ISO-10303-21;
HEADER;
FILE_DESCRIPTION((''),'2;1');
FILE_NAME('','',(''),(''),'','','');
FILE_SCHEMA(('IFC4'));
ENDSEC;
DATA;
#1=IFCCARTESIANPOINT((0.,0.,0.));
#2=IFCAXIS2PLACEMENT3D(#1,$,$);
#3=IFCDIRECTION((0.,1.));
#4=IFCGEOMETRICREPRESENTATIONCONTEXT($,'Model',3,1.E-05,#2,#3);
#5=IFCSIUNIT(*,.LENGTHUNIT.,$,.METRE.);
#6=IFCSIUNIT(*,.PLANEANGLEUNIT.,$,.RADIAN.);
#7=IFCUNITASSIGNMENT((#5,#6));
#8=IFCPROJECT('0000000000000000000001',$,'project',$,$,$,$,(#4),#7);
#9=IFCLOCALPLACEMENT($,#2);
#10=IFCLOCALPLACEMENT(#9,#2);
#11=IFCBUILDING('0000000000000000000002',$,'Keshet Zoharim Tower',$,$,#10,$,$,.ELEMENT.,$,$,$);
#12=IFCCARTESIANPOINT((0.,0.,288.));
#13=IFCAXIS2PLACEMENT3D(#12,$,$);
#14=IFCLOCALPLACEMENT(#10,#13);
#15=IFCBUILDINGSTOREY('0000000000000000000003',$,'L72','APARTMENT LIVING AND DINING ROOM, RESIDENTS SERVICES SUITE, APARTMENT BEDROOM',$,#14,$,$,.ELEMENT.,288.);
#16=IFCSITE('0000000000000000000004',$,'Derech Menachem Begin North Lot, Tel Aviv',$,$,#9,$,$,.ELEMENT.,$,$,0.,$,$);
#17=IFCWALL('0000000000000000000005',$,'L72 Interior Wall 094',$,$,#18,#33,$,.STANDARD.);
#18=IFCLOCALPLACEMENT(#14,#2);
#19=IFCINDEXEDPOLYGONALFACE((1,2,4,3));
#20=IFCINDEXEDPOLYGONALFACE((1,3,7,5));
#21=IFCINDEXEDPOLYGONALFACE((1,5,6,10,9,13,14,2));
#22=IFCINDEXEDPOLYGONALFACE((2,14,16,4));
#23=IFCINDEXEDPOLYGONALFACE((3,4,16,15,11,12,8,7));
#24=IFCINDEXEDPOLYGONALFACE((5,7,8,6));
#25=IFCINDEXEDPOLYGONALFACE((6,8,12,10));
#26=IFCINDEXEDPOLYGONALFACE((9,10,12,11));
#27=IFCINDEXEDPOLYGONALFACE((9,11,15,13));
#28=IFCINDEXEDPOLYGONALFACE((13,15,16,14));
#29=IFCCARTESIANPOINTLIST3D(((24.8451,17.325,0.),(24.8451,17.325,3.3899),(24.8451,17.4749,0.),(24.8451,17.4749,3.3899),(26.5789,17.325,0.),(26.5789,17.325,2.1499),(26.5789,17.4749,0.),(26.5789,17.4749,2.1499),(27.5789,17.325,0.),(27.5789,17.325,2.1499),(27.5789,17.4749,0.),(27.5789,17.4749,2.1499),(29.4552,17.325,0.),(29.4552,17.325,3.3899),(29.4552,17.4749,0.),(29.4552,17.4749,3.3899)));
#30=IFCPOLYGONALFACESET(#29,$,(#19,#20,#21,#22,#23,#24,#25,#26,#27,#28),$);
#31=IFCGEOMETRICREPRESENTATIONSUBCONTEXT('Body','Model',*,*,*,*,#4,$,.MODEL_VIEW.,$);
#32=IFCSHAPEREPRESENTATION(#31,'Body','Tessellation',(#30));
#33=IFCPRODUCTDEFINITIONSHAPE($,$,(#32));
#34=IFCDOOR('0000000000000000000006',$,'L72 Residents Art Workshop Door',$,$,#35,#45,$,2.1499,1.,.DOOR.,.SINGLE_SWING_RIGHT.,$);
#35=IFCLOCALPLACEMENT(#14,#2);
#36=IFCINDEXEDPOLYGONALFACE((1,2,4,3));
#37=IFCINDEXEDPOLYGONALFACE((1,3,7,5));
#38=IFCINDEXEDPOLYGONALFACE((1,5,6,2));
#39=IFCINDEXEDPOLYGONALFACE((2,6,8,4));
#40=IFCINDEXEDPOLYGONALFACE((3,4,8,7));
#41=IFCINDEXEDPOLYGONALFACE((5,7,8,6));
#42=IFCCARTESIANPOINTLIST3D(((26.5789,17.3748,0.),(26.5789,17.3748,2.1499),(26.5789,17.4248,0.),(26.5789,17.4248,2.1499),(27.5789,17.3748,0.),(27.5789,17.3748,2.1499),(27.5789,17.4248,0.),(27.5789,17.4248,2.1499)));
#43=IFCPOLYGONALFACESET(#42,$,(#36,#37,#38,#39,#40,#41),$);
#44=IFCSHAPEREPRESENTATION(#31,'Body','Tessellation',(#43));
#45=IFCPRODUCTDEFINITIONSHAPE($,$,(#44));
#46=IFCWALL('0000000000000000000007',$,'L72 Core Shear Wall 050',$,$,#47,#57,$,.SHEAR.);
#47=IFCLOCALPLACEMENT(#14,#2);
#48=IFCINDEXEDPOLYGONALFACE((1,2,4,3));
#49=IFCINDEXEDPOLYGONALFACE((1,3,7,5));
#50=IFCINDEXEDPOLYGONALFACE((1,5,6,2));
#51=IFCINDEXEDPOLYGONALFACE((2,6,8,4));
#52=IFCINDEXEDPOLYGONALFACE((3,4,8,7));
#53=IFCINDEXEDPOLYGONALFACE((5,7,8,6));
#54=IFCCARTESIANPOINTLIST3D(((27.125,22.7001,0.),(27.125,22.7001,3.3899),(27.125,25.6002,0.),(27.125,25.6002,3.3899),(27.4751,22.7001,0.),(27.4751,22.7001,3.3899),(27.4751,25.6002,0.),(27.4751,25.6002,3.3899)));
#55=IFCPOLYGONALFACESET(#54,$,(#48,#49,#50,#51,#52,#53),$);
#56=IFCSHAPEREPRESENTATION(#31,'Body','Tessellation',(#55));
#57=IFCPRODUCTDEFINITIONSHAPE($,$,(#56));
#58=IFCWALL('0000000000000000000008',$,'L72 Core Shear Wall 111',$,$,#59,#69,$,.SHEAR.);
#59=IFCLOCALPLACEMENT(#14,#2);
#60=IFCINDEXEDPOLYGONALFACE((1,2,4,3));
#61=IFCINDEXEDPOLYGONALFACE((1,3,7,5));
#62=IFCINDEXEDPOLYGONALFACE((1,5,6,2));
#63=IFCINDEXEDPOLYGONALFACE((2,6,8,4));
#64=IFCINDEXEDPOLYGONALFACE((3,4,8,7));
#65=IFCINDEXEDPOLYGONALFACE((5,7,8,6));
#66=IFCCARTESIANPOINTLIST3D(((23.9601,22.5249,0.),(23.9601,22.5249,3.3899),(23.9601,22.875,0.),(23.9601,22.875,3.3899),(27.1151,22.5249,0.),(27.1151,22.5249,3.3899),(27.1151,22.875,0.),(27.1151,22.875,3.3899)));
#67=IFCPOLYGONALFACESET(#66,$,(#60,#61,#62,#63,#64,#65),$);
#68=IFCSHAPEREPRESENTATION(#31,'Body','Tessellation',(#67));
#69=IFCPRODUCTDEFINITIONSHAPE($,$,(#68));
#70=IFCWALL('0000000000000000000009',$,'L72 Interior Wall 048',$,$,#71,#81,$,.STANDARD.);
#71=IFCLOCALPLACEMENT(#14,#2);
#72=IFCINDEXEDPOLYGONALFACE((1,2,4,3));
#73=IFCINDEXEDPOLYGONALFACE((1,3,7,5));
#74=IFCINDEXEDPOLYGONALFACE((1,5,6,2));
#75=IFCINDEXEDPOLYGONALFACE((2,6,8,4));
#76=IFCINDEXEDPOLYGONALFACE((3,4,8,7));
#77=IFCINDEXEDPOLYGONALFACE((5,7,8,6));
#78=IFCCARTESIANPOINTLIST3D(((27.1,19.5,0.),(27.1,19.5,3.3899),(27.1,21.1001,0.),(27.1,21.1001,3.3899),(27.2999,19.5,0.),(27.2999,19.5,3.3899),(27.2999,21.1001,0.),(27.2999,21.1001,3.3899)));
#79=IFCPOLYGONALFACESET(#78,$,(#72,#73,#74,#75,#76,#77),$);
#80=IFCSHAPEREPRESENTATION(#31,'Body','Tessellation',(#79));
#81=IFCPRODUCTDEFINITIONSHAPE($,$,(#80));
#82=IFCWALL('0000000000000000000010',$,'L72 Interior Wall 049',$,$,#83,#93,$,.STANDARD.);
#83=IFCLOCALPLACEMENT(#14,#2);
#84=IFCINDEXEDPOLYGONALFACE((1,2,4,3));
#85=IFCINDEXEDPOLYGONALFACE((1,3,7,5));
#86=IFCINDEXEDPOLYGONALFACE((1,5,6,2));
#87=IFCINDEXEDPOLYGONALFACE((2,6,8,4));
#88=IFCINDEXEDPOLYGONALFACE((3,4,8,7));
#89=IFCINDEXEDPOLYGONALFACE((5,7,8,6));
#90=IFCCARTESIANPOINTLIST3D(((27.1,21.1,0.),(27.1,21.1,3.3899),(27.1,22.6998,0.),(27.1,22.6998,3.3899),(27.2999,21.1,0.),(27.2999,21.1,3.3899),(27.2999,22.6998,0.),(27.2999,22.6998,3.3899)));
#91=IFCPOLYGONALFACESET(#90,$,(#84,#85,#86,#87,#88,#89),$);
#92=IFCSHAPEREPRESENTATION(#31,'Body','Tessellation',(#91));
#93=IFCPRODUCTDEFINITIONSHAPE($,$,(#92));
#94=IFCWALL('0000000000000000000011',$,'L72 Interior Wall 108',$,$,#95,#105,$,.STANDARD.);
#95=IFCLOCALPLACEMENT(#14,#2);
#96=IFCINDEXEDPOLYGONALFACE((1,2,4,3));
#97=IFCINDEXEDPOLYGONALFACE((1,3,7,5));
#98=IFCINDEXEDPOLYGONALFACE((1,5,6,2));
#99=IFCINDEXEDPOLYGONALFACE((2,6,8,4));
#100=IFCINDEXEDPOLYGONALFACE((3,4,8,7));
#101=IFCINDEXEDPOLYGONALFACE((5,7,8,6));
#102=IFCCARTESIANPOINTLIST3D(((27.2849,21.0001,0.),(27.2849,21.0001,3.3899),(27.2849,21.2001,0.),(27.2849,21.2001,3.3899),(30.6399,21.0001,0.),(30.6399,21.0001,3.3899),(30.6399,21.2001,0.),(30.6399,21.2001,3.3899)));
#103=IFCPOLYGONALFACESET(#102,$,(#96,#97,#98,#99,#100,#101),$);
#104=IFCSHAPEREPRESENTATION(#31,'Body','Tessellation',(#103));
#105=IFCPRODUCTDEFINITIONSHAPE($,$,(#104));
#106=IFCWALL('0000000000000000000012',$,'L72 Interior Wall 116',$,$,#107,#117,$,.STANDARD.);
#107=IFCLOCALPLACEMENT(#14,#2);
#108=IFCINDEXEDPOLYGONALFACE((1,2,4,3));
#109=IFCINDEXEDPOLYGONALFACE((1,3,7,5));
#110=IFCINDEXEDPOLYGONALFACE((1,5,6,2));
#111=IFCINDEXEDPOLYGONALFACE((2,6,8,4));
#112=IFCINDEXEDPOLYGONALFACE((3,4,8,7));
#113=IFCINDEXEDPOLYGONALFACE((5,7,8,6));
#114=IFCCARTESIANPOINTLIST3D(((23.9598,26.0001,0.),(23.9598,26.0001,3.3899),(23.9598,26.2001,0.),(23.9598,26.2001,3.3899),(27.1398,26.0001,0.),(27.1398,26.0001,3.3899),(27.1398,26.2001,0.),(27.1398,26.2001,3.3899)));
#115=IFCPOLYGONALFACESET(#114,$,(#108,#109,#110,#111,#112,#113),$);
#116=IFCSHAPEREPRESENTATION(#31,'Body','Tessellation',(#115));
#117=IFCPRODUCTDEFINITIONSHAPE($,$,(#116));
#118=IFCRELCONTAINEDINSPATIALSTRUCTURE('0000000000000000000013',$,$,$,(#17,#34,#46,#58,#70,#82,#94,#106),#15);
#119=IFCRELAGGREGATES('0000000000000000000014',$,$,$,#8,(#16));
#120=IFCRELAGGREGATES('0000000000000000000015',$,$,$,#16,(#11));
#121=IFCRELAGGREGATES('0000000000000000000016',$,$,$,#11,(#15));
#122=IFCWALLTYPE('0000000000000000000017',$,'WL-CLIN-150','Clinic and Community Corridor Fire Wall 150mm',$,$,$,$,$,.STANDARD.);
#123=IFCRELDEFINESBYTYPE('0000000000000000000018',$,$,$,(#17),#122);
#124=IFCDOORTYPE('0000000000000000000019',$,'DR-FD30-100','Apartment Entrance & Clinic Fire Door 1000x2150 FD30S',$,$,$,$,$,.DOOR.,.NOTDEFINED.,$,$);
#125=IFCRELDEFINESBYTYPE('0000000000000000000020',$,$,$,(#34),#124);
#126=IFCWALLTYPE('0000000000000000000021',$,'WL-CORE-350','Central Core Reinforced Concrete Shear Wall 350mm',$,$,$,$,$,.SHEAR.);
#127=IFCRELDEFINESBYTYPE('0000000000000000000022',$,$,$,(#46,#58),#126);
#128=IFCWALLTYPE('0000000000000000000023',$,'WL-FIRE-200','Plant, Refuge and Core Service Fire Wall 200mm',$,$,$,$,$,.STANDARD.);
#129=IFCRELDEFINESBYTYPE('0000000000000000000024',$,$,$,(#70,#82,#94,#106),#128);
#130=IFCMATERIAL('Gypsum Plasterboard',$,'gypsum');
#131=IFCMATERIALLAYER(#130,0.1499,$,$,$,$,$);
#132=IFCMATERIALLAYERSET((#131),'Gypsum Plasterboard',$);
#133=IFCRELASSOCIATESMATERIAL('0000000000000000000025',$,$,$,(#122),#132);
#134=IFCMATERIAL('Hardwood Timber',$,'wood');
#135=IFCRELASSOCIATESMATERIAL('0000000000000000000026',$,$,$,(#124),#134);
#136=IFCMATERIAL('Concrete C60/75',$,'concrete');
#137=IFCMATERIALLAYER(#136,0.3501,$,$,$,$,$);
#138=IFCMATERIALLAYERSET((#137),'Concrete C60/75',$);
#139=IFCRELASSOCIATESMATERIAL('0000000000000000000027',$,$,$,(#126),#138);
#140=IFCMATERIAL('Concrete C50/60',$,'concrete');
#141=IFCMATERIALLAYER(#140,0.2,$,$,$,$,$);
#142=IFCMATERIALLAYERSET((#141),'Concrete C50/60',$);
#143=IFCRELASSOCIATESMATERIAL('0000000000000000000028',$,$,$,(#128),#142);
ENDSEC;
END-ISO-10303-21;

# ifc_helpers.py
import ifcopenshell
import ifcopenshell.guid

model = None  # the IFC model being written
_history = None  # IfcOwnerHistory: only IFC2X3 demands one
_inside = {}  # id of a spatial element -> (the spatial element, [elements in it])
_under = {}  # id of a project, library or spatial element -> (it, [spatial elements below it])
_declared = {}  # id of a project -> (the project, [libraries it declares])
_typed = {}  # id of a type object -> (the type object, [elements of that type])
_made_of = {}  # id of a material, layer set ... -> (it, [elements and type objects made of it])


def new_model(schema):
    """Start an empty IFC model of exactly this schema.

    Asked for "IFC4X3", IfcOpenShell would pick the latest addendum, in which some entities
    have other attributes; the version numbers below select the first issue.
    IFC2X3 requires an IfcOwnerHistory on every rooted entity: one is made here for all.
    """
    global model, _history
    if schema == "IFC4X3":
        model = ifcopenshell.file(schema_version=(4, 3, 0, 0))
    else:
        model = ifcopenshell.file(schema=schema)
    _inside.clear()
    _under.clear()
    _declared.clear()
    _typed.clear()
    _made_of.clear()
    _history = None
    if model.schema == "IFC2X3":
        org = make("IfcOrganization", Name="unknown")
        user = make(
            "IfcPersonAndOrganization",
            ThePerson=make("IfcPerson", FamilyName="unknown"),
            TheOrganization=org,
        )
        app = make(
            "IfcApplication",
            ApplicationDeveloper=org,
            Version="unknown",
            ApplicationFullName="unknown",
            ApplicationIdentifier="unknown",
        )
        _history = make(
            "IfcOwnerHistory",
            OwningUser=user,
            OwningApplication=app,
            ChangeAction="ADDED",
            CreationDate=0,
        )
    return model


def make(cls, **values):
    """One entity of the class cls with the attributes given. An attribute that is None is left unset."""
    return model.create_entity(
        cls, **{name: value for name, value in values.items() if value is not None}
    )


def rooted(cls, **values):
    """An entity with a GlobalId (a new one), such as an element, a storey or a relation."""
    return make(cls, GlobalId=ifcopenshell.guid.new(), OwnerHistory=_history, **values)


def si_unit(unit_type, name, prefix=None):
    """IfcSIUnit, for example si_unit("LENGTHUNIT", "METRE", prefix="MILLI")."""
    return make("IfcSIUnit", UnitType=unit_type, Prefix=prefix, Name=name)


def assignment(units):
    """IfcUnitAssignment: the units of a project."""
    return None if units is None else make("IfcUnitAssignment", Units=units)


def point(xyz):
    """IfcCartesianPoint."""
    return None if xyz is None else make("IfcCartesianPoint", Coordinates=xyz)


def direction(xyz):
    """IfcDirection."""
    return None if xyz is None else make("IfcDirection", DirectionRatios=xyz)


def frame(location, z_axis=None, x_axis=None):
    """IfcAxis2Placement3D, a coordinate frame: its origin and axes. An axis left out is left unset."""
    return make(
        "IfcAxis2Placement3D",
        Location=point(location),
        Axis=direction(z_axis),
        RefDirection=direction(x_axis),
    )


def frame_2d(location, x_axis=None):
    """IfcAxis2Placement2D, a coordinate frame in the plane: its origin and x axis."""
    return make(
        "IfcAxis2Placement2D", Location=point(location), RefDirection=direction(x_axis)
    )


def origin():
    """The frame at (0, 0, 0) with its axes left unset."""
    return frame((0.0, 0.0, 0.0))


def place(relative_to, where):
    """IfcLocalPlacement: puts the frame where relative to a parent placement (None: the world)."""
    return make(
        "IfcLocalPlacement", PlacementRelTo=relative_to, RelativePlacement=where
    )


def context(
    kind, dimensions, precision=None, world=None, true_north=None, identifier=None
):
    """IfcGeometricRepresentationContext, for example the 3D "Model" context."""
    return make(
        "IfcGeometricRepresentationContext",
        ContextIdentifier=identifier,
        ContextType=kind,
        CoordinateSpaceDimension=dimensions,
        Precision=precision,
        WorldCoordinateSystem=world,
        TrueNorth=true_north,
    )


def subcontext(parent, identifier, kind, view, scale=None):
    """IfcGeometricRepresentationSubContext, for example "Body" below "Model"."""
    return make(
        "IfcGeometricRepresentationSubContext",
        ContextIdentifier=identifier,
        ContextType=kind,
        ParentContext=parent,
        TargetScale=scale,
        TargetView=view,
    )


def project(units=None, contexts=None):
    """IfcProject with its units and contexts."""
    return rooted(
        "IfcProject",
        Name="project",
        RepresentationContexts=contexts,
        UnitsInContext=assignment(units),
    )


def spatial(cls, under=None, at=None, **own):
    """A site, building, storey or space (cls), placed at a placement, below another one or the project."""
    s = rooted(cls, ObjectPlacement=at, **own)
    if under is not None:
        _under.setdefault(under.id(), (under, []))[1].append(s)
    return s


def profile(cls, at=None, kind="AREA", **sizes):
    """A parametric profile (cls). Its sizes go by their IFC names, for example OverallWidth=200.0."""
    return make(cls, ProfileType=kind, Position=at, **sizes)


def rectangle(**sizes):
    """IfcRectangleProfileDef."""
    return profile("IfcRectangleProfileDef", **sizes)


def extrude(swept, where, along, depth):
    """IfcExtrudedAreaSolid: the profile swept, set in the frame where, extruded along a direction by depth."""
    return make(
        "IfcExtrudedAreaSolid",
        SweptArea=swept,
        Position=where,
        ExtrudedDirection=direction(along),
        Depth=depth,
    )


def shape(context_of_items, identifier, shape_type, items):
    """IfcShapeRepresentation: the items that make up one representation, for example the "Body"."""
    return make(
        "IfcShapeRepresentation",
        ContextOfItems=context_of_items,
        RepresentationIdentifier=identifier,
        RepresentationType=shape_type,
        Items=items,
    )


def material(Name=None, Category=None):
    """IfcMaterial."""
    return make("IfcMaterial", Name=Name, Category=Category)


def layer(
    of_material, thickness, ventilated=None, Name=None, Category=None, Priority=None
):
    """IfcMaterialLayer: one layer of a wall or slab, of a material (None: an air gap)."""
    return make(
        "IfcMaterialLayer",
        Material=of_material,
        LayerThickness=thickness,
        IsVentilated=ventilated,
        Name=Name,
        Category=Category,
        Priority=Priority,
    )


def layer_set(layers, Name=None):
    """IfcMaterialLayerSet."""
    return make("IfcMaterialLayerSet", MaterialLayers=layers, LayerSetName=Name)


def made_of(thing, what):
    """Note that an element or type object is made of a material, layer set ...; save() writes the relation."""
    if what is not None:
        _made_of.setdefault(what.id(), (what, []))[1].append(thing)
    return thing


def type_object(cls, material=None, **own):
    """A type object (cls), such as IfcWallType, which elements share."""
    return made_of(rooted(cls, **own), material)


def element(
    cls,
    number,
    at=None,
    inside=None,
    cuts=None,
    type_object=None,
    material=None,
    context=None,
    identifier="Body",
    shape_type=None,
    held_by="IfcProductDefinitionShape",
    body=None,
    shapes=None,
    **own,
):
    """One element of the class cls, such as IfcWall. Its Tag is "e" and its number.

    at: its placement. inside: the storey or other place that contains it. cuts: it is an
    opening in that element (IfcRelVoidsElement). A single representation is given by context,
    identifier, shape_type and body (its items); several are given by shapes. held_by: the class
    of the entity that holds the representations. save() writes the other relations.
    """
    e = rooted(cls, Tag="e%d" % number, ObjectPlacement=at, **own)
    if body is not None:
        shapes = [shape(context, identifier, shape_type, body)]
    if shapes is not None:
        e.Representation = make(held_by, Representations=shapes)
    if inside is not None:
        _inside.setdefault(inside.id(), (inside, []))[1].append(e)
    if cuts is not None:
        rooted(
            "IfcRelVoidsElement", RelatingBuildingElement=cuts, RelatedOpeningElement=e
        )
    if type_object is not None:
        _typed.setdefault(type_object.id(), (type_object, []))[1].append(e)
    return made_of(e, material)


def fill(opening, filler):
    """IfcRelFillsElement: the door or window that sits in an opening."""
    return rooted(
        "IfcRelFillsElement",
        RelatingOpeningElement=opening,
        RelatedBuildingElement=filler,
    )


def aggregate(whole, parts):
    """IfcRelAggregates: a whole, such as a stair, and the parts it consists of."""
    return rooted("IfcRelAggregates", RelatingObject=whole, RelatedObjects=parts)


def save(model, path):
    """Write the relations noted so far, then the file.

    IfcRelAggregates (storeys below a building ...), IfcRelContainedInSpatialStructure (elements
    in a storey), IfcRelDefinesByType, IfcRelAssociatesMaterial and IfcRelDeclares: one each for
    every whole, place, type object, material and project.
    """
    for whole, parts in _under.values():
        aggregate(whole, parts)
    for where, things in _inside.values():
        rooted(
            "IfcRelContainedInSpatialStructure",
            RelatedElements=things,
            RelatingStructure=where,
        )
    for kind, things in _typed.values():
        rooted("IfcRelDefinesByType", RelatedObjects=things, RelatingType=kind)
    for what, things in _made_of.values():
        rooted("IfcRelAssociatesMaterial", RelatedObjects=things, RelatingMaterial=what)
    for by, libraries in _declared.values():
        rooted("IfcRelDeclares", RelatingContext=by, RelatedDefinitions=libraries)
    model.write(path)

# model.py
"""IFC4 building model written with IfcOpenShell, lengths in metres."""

from ifc_helpers import new_model, si_unit, direction, frame, frame_2d, origin, place, context, subcontext, project, spatial, rectangle, extrude, material, layer, layer_set, type_object, element, fill, save


model = new_model("IFC4")

# Units and contexts
model_context = context("Model", 3, precision=1e-05, world=origin(), true_north=direction((0.0, 1.0)))
body_context = subcontext(model_context, "Body", "Model", "MODEL_VIEW")
ifc_project = project(units=[si_unit("LENGTHUNIT", "METRE"), si_unit("PLANEANGLEUNIT", "RADIAN")], contexts=[model_context])

# Site, building, storey
site_placement = place(None, origin())
site = spatial("IfcSite", under=ifc_project, at=site_placement, Name="Derech Menachem Begin North Lot, Tel Aviv", CompositionType="ELEMENT", RefElevation=0.0)
building_placement = place(site_placement, origin())
building = spatial("IfcBuilding", under=site, at=building_placement, Name="Keshet Zoharim Tower", CompositionType="ELEMENT")
storey_placement = place(building_placement, frame((0.0, 0.0, 288.0)))
storey = spatial("IfcBuildingStorey", under=building, at=storey_placement, Name="L72", Description="APARTMENT LIVING AND DINING ROOM, RESIDENTS SERVICES SUITE, APARTMENT BEDROOM", CompositionType="ELEMENT", Elevation=288.0)

# Wall, opening, door
ifc_material_1 = material(Name="Gypsum Plasterboard", Category="gypsum")
ifc_layer_1 = layer(ifc_material_1, 0.1499)
ifc_layer_set_1 = layer_set([ifc_layer_1], Name="Gypsum Plasterboard")
wall_type_1 = type_object("IfcWallType", Name="WL-CLIN-150", Description="Clinic and Community Corridor Fire Wall 150mm", PredefinedType="STANDARD", material=ifc_layer_set_1)
wall_1_placement = place(storey_placement, frame((24.845, 17.3999, 0.0), z_axis=(0.0, 0.0, 1.0), x_axis=(1.0, 0.0, 0.0)))
wall_1 = element("IfcWall", 1, at=wall_1_placement, inside=storey, type_object=wall_type_1, Name="L72 Interior Wall 094", PredefinedType="STANDARD", context=body_context, shape_type="SweptSolid", body=[
    extrude(rectangle(XDim=4.6101, YDim=0.1499, at=frame_2d((2.3052, 0.0))), origin(), (0.0, 0.0, 1.0), 3.3899),
])
opening_1_placement = place(wall_1_placement, frame((1.7339, 0.0, 0.0)))
opening_1 = element("IfcOpeningElement", 2, at=opening_1_placement, cuts=wall_1, PredefinedType="OPENING", context=body_context, shape_type="SweptSolid", body=[
    extrude(rectangle(XDim=1.0, YDim=2.1499, at=frame_2d((0.5, 1.075))), frame((0.0, 0.085, 0.0), z_axis=(0.0, -1.0, 0.0), x_axis=(1.0, 0.0, 0.0)), (0.0, 0.0, 1.0), 0.1699),
])
ifc_material_2 = material(Name="Hardwood Timber", Category="wood")
door_type_1 = type_object("IfcDoorType", Name="DR-FD30-100", Description="Apartment Entrance & Clinic Fire Door 1000x2150 FD30S", OperationType="NOTDEFINED", PredefinedType="DOOR", material=ifc_material_2)
door_1_placement = place(opening_1_placement, origin())
door_1 = element("IfcDoor", 3, at=door_1_placement, inside=storey, type_object=door_type_1, Name="L72 Residents Art Workshop Door", OperationType="SINGLE_SWING_RIGHT", OverallHeight=2.1499, OverallWidth=1.0, PredefinedType="DOOR", context=body_context, shape_type="SweptSolid", body=[
    extrude(rectangle(XDim=1.0, YDim=2.1499, at=frame_2d((0.5, 1.075))), frame((0.0, 0.0249, 0.0), z_axis=(0.0, -1.0, 0.0), x_axis=(1.0, 0.0, 0.0)), (0.0, 0.0, 1.0), 0.05),
])
fill(opening_1, door_1)
ifc_material_3 = material(Name="Concrete C60/75", Category="concrete")
ifc_layer_2 = layer(ifc_material_3, 0.3501)
ifc_layer_set_2 = layer_set([ifc_layer_2], Name="Concrete C60/75")
wall_type_2 = type_object("IfcWallType", Name="WL-CORE-350", Description="Central Core Reinforced Concrete Shear Wall 350mm", PredefinedType="SHEAR", material=ifc_layer_set_2)

# Walls
wall_2_placement = place(storey_placement, frame((27.3, 22.7, 0.0), z_axis=(0.0, 0.0, 1.0), x_axis=(0.0, 1.0, 0.0)))
element("IfcWall", 4, at=wall_2_placement, inside=storey, type_object=wall_type_2, Name="L72 Core Shear Wall 050", PredefinedType="SHEAR", context=body_context, shape_type="SweptSolid", body=[
    extrude(rectangle(XDim=2.9001, YDim=0.3501, at=frame_2d((1.4502, 0.0))), origin(), (0.0, 0.0, 1.0), 3.3899),
])
wall_3_placement = place(storey_placement, frame((23.96, 22.7, 0.0), z_axis=(0.0, 0.0, 1.0), x_axis=(1.0, 0.0, 0.0)))
element("IfcWall", 5, at=wall_3_placement, inside=storey, type_object=wall_type_2, Name="L72 Core Shear Wall 111", PredefinedType="SHEAR", context=body_context, shape_type="SweptSolid", body=[
    extrude(rectangle(XDim=3.155, YDim=0.3501, at=frame_2d((1.5776, 0.0))), origin(), (0.0, 0.0, 1.0), 3.3899),
])
ifc_material_4 = material(Name="Concrete C50/60", Category="concrete")
ifc_layer_3 = layer(ifc_material_4, 0.2)
ifc_layer_set_3 = layer_set([ifc_layer_3], Name="Concrete C50/60")
wall_type_3 = type_object("IfcWallType", Name="WL-FIRE-200", Description="Plant, Refuge and Core Service Fire Wall 200mm", PredefinedType="STANDARD", material=ifc_layer_set_3)
wall_4_placement = place(storey_placement, frame((27.2, 19.5, 0.0), z_axis=(0.0, 0.0, 1.0), x_axis=(0.0, 1.0, 0.0)))
element("IfcWall", 6, at=wall_4_placement, inside=storey, type_object=wall_type_3, Name="L72 Interior Wall 048", PredefinedType="STANDARD", context=body_context, shape_type="SweptSolid", body=[
    extrude(rectangle(XDim=1.6001, YDim=0.2, at=frame_2d((0.8, 0.0))), origin(), (0.0, 0.0, 1.0), 3.3899),
])
wall_5_placement = place(storey_placement, frame((27.2, 21.1001, 0.0), z_axis=(0.0, 0.0, 1.0), x_axis=(0.0, 1.0, 0.0)))
element("IfcWall", 7, at=wall_5_placement, inside=storey, type_object=wall_type_3, Name="L72 Interior Wall 049", PredefinedType="STANDARD", context=body_context, shape_type="SweptSolid", body=[
    extrude(rectangle(XDim=1.5999, YDim=0.2, at=frame_2d((0.7998, 0.0))), origin(), (0.0, 0.0, 1.0), 3.3899),
])

# Walls
wall_6_placement = place(storey_placement, frame((27.2849, 21.1001, 0.0), z_axis=(0.0, 0.0, 1.0), x_axis=(1.0, 0.0, 0.0)))
element("IfcWall", 8, at=wall_6_placement, inside=storey, type_object=wall_type_3, Name="L72 Interior Wall 108", PredefinedType="STANDARD", context=body_context, shape_type="SweptSolid", body=[
    extrude(rectangle(XDim=3.355, YDim=0.2, at=frame_2d((1.6775, 0.0))), origin(), (0.0, 0.0, 1.0), 3.3899),
])
wall_7_placement = place(storey_placement, frame((23.96, 26.1001, 0.0), z_axis=(0.0, 0.0, 1.0), x_axis=(1.0, 0.0, 0.0)))
element("IfcWall", 9, at=wall_7_placement, inside=storey, type_object=wall_type_3, Name="L72 Interior Wall 116", PredefinedType="STANDARD", context=body_context, shape_type="SweptSolid", body=[
    extrude(rectangle(XDim=3.1799, YDim=0.2, at=frame_2d((1.5898, 0.0))), origin(), (0.0, 0.0, 1.0), 3.3899),
])

save(model, "model.ifc")
